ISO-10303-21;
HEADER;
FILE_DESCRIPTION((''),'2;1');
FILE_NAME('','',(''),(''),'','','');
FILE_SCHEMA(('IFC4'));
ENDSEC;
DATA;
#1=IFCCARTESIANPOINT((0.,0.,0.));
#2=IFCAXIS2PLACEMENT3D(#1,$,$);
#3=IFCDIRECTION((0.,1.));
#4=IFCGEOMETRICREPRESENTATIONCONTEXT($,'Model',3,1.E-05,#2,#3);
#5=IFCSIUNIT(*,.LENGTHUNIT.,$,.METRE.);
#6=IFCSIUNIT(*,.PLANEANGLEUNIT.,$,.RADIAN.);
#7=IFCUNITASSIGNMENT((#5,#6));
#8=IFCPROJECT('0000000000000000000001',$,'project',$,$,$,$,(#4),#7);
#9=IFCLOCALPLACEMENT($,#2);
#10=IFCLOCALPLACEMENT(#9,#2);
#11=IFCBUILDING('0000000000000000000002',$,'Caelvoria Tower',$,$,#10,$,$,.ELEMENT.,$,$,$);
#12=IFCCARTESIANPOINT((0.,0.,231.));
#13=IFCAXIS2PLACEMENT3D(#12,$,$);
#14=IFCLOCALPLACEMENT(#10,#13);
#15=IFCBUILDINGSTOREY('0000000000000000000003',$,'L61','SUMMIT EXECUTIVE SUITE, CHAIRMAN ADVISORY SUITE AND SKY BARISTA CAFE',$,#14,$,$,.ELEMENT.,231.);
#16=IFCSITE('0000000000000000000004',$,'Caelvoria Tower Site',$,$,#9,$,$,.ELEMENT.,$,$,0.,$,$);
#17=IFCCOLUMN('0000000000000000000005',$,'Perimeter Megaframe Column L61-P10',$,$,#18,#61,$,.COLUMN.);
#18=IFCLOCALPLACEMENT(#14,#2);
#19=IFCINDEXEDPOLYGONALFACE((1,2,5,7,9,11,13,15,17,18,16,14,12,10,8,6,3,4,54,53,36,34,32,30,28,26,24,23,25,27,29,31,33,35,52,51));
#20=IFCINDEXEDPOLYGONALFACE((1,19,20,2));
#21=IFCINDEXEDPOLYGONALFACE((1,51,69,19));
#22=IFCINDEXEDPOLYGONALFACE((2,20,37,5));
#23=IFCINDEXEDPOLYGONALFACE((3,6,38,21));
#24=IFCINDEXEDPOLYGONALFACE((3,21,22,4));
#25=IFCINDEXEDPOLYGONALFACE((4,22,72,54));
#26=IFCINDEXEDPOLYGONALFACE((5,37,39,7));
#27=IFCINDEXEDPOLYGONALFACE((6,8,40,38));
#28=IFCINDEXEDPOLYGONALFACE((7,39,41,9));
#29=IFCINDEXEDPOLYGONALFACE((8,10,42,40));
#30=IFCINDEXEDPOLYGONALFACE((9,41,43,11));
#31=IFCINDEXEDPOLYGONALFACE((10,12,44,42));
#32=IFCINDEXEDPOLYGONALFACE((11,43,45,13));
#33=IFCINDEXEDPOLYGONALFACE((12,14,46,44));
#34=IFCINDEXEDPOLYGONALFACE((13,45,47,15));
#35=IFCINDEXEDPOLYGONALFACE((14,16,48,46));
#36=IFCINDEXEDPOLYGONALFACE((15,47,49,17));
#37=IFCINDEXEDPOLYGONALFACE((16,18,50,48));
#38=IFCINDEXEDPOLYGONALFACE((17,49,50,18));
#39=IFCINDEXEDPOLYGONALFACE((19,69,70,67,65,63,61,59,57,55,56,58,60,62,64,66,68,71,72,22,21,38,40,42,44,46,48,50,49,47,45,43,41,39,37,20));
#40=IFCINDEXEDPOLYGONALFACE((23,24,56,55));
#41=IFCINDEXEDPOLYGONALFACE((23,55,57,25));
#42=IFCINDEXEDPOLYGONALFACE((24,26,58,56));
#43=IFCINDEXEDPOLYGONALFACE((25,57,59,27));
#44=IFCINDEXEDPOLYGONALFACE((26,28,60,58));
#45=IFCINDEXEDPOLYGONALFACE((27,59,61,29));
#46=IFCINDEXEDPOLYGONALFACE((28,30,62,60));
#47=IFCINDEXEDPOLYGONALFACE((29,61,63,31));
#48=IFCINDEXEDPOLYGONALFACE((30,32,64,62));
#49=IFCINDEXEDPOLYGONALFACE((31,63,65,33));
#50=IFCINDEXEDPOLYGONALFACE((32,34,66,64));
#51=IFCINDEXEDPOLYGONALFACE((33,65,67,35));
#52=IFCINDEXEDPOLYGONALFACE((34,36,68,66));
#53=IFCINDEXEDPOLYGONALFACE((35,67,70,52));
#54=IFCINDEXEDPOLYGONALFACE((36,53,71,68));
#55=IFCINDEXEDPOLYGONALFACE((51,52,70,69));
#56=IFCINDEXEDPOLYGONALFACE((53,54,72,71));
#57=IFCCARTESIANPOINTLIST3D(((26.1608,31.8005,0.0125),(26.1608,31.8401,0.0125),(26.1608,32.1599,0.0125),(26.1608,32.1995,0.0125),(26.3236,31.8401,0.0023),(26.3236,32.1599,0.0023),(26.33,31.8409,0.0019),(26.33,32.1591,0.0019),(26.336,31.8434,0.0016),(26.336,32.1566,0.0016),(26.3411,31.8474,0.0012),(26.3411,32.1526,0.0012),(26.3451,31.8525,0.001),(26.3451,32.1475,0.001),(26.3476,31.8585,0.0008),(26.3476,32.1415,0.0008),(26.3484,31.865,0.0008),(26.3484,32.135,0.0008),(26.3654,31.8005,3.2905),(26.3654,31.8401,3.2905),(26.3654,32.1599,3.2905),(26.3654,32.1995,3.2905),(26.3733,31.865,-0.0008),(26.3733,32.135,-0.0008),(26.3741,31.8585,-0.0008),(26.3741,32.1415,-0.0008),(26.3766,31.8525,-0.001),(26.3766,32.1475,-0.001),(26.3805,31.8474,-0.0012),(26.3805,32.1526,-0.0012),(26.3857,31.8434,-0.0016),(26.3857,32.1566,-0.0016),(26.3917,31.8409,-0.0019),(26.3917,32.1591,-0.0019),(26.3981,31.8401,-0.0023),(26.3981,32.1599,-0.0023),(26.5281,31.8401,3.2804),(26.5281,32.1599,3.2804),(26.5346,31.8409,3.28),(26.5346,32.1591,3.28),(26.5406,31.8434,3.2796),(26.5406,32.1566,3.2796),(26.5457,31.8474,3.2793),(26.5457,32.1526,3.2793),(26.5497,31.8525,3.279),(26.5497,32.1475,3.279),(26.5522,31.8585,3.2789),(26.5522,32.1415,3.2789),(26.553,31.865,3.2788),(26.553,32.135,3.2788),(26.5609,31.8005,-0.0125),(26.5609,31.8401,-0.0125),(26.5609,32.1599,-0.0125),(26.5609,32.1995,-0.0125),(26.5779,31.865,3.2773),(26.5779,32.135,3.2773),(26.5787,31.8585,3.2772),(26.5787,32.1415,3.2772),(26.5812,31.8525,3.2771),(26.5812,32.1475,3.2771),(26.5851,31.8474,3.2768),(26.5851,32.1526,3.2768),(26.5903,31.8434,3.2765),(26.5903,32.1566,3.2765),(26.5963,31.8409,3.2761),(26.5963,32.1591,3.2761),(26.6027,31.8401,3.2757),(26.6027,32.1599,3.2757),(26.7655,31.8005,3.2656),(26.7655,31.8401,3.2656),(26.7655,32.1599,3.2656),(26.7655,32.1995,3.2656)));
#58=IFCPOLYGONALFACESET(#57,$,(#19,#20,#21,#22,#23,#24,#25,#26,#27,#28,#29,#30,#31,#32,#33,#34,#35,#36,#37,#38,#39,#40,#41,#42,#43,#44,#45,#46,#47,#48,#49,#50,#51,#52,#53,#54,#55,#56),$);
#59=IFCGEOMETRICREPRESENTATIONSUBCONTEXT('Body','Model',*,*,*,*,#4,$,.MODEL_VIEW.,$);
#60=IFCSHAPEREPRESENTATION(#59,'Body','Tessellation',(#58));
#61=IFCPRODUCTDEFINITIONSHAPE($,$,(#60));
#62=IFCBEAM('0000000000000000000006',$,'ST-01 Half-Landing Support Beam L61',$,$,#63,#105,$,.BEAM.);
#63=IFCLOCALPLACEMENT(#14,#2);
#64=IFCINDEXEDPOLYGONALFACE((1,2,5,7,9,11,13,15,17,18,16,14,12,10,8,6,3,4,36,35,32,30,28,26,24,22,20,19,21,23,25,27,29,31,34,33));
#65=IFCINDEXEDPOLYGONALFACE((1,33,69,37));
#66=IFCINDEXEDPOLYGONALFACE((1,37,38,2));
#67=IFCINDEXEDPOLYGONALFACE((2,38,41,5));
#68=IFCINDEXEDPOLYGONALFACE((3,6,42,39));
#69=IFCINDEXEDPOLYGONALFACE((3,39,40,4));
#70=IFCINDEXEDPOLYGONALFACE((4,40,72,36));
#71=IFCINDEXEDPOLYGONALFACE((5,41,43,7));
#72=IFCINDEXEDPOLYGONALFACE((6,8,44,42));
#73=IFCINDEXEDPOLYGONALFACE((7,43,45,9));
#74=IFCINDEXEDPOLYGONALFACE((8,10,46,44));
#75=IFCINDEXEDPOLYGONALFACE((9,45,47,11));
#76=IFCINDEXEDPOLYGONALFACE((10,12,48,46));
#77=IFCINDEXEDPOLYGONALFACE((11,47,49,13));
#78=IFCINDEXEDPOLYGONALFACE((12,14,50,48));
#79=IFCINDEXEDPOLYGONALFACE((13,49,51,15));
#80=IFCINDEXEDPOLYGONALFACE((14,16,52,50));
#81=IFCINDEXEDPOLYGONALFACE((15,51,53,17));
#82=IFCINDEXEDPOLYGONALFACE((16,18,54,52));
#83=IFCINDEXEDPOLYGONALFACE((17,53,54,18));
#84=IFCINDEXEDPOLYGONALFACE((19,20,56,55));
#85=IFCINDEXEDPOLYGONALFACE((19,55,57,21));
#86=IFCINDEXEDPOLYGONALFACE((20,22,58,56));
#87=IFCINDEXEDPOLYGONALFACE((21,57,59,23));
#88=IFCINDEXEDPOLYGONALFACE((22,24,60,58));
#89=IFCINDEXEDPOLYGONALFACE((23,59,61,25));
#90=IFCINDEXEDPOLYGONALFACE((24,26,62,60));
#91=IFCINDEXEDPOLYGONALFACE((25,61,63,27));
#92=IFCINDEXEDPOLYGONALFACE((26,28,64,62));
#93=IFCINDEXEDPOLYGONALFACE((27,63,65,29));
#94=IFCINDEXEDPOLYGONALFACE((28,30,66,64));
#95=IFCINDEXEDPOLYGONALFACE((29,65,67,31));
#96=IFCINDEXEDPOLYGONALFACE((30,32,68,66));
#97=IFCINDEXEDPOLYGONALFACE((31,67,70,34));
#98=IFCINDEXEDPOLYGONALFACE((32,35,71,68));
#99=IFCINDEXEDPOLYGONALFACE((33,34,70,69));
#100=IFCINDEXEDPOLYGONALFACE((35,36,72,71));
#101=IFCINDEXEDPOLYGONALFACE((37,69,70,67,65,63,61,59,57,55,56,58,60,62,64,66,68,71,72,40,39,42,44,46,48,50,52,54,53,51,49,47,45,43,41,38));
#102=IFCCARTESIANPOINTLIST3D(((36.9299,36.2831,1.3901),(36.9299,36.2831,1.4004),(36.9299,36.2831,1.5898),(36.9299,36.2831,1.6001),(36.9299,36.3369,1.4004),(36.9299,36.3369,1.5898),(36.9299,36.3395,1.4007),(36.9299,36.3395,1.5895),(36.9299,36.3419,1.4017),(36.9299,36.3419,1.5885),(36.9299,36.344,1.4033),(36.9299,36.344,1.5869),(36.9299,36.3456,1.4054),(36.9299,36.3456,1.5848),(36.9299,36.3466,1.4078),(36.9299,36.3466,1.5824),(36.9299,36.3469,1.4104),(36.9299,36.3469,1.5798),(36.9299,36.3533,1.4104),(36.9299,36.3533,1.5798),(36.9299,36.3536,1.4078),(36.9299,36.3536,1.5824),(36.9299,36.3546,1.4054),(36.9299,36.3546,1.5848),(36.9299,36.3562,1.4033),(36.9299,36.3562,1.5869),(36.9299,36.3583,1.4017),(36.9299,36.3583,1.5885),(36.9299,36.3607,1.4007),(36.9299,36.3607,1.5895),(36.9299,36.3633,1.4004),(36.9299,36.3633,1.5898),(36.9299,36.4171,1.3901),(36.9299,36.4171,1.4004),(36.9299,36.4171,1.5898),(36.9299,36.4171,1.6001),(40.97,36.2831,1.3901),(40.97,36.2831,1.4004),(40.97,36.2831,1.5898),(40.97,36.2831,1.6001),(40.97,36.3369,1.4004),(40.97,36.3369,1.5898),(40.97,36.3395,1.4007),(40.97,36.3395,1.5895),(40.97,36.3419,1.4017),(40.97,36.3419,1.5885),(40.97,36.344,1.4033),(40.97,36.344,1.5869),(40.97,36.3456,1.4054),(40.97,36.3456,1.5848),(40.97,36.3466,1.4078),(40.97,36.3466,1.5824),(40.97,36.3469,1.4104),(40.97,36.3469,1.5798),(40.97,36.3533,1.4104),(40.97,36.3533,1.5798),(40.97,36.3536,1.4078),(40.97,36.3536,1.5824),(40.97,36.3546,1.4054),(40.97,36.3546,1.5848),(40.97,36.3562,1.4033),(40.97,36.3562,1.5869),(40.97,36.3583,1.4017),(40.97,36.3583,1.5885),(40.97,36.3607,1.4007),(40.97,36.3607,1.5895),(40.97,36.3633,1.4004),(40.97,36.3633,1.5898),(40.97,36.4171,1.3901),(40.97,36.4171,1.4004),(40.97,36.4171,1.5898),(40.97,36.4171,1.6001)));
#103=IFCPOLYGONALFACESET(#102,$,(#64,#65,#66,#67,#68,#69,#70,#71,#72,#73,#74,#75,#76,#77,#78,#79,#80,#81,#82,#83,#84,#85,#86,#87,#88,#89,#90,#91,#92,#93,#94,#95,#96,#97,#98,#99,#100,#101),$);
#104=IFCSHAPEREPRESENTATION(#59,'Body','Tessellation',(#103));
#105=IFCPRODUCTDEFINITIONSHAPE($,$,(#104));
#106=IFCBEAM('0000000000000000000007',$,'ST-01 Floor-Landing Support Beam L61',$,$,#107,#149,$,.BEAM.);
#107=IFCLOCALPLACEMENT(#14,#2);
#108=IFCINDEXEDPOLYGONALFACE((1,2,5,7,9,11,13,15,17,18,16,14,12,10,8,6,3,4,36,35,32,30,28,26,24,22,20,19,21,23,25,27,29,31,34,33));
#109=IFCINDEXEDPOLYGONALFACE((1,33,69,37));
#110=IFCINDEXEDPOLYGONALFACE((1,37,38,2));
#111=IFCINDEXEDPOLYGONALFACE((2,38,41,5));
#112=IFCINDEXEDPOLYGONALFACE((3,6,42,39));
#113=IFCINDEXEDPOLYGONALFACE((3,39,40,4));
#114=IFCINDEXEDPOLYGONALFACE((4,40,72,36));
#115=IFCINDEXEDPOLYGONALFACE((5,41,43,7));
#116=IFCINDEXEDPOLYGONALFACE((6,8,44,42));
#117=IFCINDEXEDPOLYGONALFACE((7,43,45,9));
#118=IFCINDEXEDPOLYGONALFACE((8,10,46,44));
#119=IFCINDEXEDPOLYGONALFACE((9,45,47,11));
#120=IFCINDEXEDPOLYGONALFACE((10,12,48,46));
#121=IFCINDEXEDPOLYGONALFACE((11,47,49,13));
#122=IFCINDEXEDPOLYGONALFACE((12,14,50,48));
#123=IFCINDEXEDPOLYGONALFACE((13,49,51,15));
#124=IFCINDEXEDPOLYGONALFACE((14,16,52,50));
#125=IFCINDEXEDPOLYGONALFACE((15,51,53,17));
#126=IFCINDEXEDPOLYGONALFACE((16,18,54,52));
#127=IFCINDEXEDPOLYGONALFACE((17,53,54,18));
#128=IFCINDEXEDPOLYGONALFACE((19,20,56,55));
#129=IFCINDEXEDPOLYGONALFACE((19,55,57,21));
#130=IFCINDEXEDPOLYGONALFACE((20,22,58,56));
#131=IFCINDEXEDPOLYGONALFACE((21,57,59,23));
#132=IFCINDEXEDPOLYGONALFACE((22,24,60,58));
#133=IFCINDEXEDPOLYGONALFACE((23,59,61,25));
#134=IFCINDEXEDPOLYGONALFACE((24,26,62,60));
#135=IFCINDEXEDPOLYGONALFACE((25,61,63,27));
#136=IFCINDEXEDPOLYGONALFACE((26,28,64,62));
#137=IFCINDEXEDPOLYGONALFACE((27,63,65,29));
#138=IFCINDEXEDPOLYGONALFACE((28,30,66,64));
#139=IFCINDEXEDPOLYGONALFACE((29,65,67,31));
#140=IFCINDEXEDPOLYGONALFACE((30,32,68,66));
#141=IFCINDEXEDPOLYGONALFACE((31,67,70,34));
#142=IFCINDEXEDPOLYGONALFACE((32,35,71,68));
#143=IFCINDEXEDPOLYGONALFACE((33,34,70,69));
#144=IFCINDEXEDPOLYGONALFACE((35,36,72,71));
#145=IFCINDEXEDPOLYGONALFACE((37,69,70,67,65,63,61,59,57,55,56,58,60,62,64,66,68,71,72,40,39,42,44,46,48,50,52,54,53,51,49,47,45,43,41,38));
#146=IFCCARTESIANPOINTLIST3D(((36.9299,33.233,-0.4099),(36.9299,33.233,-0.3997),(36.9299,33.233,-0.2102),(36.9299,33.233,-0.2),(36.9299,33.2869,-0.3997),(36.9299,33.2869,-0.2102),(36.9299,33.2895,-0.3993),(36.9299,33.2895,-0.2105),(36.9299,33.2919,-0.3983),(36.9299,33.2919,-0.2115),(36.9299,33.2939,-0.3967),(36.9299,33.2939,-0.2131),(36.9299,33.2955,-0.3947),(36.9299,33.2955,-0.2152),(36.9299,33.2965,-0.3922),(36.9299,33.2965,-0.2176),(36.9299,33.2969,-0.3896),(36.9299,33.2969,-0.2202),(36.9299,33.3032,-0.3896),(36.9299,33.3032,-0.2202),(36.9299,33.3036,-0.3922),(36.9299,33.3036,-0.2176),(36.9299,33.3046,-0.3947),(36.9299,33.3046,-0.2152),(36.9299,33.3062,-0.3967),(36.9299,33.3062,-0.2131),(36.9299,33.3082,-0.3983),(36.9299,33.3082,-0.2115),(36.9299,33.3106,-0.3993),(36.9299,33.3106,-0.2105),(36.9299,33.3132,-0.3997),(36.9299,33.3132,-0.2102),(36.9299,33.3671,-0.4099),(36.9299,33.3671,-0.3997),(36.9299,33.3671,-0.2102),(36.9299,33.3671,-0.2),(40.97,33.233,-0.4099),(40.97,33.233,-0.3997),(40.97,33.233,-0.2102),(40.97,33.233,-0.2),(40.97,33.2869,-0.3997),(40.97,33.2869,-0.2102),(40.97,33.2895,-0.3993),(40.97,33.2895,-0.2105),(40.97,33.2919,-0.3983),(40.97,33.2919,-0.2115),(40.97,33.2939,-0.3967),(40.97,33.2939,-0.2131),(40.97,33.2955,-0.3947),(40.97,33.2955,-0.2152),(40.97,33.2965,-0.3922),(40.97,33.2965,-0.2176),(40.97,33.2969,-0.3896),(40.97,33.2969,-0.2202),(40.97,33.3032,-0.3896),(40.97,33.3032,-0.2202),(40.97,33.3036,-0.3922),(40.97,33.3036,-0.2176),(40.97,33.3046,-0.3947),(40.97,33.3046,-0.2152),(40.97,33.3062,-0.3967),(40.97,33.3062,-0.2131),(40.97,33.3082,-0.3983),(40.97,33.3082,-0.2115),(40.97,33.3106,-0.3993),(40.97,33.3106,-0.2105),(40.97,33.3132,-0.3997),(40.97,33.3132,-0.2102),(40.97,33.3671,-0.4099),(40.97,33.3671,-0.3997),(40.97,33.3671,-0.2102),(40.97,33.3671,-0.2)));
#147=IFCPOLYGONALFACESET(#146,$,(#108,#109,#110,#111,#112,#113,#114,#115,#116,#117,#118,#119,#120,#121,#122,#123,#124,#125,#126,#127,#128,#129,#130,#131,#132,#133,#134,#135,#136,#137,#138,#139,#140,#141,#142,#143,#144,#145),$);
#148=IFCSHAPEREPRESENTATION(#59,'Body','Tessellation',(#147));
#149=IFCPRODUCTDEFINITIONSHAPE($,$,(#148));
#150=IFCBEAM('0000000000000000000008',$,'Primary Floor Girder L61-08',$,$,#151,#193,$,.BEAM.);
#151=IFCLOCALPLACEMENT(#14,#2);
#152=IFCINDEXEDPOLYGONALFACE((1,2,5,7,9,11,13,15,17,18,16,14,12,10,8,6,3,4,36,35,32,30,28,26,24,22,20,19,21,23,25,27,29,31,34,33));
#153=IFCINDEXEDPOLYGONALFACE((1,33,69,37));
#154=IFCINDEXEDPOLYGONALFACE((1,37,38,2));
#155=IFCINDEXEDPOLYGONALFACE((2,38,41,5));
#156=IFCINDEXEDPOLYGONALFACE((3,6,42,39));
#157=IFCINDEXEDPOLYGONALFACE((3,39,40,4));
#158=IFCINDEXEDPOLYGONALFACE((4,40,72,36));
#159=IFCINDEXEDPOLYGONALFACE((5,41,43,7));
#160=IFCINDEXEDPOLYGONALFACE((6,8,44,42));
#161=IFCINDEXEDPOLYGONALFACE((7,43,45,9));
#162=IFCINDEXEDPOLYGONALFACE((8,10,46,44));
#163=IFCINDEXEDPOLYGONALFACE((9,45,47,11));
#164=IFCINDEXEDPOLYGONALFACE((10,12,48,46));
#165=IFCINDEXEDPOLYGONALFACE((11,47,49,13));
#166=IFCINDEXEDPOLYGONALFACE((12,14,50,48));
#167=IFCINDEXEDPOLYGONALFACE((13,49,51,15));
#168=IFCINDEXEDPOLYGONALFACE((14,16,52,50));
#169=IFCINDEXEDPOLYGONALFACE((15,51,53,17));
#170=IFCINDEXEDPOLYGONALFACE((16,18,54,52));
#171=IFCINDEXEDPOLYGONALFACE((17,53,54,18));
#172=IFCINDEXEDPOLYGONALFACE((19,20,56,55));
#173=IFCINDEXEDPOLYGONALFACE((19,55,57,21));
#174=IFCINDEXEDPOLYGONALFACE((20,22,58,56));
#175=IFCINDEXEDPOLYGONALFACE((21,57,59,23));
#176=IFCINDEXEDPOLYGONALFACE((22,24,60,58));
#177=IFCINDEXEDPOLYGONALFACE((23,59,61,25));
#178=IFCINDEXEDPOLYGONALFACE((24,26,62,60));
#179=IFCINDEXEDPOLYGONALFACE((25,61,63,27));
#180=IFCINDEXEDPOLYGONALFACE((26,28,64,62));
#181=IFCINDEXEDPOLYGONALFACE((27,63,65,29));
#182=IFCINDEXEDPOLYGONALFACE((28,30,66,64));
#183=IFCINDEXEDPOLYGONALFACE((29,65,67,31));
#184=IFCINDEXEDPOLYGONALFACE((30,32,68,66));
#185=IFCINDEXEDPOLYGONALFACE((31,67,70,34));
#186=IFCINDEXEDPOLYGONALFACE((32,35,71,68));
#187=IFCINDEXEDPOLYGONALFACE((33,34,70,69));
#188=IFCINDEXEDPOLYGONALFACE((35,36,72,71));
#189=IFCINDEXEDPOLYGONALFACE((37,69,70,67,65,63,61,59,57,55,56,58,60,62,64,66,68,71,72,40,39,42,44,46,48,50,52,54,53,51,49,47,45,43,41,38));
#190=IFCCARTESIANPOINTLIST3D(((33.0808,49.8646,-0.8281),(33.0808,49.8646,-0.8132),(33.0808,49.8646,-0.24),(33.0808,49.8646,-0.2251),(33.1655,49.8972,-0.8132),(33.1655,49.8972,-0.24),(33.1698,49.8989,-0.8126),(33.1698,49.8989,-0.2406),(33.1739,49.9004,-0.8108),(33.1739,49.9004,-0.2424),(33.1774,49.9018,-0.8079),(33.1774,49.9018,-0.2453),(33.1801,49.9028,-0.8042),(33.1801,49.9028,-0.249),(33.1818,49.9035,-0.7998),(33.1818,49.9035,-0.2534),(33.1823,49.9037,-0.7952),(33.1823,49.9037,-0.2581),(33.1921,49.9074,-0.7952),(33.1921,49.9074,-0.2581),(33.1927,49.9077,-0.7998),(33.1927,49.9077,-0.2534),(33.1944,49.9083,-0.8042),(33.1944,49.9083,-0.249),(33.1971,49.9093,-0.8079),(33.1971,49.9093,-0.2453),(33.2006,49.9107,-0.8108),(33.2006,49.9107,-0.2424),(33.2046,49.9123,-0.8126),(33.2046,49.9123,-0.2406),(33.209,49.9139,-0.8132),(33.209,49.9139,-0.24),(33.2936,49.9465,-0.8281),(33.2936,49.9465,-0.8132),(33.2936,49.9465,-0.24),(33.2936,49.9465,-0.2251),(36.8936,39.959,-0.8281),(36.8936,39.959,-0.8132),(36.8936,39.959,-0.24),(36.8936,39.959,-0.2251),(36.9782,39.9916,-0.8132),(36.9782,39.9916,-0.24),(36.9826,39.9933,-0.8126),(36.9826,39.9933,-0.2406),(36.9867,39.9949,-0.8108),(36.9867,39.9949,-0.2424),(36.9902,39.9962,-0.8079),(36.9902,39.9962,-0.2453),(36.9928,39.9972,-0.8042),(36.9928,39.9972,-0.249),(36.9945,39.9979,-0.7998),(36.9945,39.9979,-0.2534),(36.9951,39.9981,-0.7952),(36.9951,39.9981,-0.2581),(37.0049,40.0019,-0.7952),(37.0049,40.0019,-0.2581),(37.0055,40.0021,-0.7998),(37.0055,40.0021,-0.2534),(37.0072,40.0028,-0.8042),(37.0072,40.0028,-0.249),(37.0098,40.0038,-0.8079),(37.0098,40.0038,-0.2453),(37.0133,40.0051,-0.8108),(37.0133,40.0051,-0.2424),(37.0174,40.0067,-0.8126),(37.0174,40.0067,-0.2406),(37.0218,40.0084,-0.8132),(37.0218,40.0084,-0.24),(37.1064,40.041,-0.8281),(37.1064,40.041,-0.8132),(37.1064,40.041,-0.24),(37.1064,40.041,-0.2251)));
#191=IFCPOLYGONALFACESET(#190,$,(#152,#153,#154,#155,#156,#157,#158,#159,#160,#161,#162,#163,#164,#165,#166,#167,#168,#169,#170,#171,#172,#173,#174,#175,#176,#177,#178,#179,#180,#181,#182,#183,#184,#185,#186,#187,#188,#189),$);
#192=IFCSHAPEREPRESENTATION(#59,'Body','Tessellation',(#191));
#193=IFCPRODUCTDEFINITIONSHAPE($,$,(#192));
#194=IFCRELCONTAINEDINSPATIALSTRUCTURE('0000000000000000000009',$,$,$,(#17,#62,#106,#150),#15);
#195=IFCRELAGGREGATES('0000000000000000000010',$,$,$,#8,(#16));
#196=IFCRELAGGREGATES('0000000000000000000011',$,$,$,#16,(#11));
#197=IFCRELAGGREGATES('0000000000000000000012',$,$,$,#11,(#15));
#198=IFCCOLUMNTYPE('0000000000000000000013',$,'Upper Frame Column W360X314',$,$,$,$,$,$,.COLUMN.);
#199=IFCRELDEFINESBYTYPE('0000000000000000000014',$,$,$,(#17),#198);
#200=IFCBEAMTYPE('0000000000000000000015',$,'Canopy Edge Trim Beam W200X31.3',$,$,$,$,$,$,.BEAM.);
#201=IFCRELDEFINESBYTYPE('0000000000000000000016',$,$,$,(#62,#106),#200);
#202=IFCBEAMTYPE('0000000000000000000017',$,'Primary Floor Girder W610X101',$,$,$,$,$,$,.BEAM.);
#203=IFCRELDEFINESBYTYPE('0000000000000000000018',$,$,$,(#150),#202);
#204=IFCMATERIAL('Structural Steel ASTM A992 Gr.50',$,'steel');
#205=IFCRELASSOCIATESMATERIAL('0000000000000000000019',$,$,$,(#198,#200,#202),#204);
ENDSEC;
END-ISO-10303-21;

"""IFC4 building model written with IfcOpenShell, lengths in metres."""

from ifc_helpers import new_model, si_unit, direction, frame, origin, origin_2d, place, context, subcontext, project, spatial, i_section, extrude, material, material_profile, profile_set, type_object, element, save


model = new_model("IFC4")

# Units and contexts
model_context = context("Model", 3, precision=1e-05, world=origin(), true_north=direction((0.0, 1.0)))
body_context = subcontext(model_context, "Body", "Model", "MODEL_VIEW")
ifc_project = project(units=[si_unit("LENGTHUNIT", "METRE"), si_unit("PLANEANGLEUNIT", "RADIAN")], contexts=[model_context])

# Site, building, storey
site_placement = place(None, origin())
site = spatial("IfcSite", under=ifc_project, at=site_placement, Name="Caelvoria Tower Site", CompositionType="ELEMENT", RefElevation=0.0)
building_placement = place(site_placement, origin())
building = spatial("IfcBuilding", under=site, at=building_placement, Name="Caelvoria Tower", CompositionType="ELEMENT")
storey_placement = place(building_placement, frame((0.0, 0.0, 231.0)))
storey = spatial("IfcBuildingStorey", under=building, at=storey_placement, Name="L61", Description="SUMMIT EXECUTIVE SUITE, CHAIRMAN ADVISORY SUITE AND SKY BARISTA CAFE", CompositionType="ELEMENT", Elevation=231.0)

# Column
ifc_material_1 = material(Name="Structural Steel ASTM A992 Gr.50", Category="steel")
ifc_material_profile_1 = material_profile(ifc_material_1, i_section(OverallWidth=0.4009, OverallDepth=0.3989, WebThickness=0.0249, FlangeThickness=0.0396, FilletRadius=0.0249, at=origin_2d()), Name="Structural Steel ASTM A992 Gr.50")
ifc_profile_set_1 = profile_set([ifc_material_profile_1], Name="W360X314 - Structural Steel ASTM A992 Gr.50")
column_type = type_object("IfcColumnType", Name="Upper Frame Column W360X314", PredefinedType="COLUMN", material=ifc_profile_set_1)
column_placement = place(storey_placement, frame((26.3608, 32.0, 0.0), z_axis=(0.06229, 0.0, 0.998058), x_axis=(-0.998058, 0.0, 0.06229)))
element("IfcColumn", 1, at=column_placement, inside=storey, type_object=column_type, Name="Perimeter Megaframe Column L61-P10", PredefinedType="COLUMN", context=body_context, shape_type="SweptSolid", body=[
    extrude(i_section(OverallWidth=0.4009, OverallDepth=0.3989, WebThickness=0.0249, FlangeThickness=0.0396, FilletRadius=0.0249, at=origin_2d()), origin(), (0.0, 0.0, 1.0), 3.2844),
])

# Beams
ifc_material_profile_2 = material_profile(ifc_material_1, i_section(OverallWidth=0.134, OverallDepth=0.21, WebThickness=0.0063, FlangeThickness=0.0103, FilletRadius=0.01, at=origin_2d()), Name="Structural Steel ASTM A992 Gr.50")
ifc_profile_set_2 = profile_set([ifc_material_profile_2], Name="W200X31.3 - Structural Steel ASTM A992 Gr.50")
beam_type_1 = type_object("IfcBeamType", Name="Canopy Edge Trim Beam W200X31.3", PredefinedType="BEAM", material=ifc_profile_set_2)
for number, where, z_axis, x_axis, name in (
    (2, (36.9299, 36.3501, 1.4951), (1.0, 0.0, 0.0), (0.0, 1.0, 0.0), "ST-01 Half-Landing Support Beam L61"),
    (3, (36.9299, 33.3, -0.3049), (1.0, 0.0, 0.0), (0.0, 1.0, 0.0), "ST-01 Floor-Landing Support Beam L61"),
):
    element("IfcBeam", number, at=place(storey_placement, frame(where, z_axis=z_axis, x_axis=x_axis)), inside=storey, type_object=beam_type_1, Name=name, PredefinedType="BEAM", context=body_context, shape_type="SweptSolid", body=[
        extrude(i_section(OverallWidth=0.134, OverallDepth=0.21, WebThickness=0.0063, FlangeThickness=0.0103, FilletRadius=0.01, at=origin_2d()), origin(), (0.0, 0.0, 1.0), 4.04),
    ])
ifc_material_profile_3 = material_profile(ifc_material_1, i_section(OverallWidth=0.228, OverallDepth=0.603, WebThickness=0.0105, FlangeThickness=0.0149, FilletRadius=0.0181, at=origin_2d()), Name="Structural Steel ASTM A992 Gr.50")
ifc_profile_set_3 = profile_set([ifc_material_profile_3], Name="W610X101 - Structural Steel ASTM A992 Gr.50")
beam_type_2 = type_object("IfcBeamType", Name="Primary Floor Girder W610X101", PredefinedType="BEAM", material=ifc_profile_set_3)
beam_1_placement = place(storey_placement, frame((37.0, 40.0, -0.5266), z_axis=(-0.35922, 0.933253, 0.0), x_axis=(-0.933253, -0.35922, 0.0)))
element("IfcBeam", 4, at=beam_1_placement, inside=storey, type_object=beam_type_2, Name="Primary Floor Girder L61-08", PredefinedType="BEAM", context=body_context, shape_type="SweptSolid", body=[
    extrude(i_section(OverallWidth=0.228, OverallDepth=0.603, WebThickness=0.0105, FlangeThickness=0.0149, FilletRadius=0.0181, at=origin_2d()), origin(), (0.0, 0.0, 1.0), 10.614),
])

save(model, "model.ifc")
